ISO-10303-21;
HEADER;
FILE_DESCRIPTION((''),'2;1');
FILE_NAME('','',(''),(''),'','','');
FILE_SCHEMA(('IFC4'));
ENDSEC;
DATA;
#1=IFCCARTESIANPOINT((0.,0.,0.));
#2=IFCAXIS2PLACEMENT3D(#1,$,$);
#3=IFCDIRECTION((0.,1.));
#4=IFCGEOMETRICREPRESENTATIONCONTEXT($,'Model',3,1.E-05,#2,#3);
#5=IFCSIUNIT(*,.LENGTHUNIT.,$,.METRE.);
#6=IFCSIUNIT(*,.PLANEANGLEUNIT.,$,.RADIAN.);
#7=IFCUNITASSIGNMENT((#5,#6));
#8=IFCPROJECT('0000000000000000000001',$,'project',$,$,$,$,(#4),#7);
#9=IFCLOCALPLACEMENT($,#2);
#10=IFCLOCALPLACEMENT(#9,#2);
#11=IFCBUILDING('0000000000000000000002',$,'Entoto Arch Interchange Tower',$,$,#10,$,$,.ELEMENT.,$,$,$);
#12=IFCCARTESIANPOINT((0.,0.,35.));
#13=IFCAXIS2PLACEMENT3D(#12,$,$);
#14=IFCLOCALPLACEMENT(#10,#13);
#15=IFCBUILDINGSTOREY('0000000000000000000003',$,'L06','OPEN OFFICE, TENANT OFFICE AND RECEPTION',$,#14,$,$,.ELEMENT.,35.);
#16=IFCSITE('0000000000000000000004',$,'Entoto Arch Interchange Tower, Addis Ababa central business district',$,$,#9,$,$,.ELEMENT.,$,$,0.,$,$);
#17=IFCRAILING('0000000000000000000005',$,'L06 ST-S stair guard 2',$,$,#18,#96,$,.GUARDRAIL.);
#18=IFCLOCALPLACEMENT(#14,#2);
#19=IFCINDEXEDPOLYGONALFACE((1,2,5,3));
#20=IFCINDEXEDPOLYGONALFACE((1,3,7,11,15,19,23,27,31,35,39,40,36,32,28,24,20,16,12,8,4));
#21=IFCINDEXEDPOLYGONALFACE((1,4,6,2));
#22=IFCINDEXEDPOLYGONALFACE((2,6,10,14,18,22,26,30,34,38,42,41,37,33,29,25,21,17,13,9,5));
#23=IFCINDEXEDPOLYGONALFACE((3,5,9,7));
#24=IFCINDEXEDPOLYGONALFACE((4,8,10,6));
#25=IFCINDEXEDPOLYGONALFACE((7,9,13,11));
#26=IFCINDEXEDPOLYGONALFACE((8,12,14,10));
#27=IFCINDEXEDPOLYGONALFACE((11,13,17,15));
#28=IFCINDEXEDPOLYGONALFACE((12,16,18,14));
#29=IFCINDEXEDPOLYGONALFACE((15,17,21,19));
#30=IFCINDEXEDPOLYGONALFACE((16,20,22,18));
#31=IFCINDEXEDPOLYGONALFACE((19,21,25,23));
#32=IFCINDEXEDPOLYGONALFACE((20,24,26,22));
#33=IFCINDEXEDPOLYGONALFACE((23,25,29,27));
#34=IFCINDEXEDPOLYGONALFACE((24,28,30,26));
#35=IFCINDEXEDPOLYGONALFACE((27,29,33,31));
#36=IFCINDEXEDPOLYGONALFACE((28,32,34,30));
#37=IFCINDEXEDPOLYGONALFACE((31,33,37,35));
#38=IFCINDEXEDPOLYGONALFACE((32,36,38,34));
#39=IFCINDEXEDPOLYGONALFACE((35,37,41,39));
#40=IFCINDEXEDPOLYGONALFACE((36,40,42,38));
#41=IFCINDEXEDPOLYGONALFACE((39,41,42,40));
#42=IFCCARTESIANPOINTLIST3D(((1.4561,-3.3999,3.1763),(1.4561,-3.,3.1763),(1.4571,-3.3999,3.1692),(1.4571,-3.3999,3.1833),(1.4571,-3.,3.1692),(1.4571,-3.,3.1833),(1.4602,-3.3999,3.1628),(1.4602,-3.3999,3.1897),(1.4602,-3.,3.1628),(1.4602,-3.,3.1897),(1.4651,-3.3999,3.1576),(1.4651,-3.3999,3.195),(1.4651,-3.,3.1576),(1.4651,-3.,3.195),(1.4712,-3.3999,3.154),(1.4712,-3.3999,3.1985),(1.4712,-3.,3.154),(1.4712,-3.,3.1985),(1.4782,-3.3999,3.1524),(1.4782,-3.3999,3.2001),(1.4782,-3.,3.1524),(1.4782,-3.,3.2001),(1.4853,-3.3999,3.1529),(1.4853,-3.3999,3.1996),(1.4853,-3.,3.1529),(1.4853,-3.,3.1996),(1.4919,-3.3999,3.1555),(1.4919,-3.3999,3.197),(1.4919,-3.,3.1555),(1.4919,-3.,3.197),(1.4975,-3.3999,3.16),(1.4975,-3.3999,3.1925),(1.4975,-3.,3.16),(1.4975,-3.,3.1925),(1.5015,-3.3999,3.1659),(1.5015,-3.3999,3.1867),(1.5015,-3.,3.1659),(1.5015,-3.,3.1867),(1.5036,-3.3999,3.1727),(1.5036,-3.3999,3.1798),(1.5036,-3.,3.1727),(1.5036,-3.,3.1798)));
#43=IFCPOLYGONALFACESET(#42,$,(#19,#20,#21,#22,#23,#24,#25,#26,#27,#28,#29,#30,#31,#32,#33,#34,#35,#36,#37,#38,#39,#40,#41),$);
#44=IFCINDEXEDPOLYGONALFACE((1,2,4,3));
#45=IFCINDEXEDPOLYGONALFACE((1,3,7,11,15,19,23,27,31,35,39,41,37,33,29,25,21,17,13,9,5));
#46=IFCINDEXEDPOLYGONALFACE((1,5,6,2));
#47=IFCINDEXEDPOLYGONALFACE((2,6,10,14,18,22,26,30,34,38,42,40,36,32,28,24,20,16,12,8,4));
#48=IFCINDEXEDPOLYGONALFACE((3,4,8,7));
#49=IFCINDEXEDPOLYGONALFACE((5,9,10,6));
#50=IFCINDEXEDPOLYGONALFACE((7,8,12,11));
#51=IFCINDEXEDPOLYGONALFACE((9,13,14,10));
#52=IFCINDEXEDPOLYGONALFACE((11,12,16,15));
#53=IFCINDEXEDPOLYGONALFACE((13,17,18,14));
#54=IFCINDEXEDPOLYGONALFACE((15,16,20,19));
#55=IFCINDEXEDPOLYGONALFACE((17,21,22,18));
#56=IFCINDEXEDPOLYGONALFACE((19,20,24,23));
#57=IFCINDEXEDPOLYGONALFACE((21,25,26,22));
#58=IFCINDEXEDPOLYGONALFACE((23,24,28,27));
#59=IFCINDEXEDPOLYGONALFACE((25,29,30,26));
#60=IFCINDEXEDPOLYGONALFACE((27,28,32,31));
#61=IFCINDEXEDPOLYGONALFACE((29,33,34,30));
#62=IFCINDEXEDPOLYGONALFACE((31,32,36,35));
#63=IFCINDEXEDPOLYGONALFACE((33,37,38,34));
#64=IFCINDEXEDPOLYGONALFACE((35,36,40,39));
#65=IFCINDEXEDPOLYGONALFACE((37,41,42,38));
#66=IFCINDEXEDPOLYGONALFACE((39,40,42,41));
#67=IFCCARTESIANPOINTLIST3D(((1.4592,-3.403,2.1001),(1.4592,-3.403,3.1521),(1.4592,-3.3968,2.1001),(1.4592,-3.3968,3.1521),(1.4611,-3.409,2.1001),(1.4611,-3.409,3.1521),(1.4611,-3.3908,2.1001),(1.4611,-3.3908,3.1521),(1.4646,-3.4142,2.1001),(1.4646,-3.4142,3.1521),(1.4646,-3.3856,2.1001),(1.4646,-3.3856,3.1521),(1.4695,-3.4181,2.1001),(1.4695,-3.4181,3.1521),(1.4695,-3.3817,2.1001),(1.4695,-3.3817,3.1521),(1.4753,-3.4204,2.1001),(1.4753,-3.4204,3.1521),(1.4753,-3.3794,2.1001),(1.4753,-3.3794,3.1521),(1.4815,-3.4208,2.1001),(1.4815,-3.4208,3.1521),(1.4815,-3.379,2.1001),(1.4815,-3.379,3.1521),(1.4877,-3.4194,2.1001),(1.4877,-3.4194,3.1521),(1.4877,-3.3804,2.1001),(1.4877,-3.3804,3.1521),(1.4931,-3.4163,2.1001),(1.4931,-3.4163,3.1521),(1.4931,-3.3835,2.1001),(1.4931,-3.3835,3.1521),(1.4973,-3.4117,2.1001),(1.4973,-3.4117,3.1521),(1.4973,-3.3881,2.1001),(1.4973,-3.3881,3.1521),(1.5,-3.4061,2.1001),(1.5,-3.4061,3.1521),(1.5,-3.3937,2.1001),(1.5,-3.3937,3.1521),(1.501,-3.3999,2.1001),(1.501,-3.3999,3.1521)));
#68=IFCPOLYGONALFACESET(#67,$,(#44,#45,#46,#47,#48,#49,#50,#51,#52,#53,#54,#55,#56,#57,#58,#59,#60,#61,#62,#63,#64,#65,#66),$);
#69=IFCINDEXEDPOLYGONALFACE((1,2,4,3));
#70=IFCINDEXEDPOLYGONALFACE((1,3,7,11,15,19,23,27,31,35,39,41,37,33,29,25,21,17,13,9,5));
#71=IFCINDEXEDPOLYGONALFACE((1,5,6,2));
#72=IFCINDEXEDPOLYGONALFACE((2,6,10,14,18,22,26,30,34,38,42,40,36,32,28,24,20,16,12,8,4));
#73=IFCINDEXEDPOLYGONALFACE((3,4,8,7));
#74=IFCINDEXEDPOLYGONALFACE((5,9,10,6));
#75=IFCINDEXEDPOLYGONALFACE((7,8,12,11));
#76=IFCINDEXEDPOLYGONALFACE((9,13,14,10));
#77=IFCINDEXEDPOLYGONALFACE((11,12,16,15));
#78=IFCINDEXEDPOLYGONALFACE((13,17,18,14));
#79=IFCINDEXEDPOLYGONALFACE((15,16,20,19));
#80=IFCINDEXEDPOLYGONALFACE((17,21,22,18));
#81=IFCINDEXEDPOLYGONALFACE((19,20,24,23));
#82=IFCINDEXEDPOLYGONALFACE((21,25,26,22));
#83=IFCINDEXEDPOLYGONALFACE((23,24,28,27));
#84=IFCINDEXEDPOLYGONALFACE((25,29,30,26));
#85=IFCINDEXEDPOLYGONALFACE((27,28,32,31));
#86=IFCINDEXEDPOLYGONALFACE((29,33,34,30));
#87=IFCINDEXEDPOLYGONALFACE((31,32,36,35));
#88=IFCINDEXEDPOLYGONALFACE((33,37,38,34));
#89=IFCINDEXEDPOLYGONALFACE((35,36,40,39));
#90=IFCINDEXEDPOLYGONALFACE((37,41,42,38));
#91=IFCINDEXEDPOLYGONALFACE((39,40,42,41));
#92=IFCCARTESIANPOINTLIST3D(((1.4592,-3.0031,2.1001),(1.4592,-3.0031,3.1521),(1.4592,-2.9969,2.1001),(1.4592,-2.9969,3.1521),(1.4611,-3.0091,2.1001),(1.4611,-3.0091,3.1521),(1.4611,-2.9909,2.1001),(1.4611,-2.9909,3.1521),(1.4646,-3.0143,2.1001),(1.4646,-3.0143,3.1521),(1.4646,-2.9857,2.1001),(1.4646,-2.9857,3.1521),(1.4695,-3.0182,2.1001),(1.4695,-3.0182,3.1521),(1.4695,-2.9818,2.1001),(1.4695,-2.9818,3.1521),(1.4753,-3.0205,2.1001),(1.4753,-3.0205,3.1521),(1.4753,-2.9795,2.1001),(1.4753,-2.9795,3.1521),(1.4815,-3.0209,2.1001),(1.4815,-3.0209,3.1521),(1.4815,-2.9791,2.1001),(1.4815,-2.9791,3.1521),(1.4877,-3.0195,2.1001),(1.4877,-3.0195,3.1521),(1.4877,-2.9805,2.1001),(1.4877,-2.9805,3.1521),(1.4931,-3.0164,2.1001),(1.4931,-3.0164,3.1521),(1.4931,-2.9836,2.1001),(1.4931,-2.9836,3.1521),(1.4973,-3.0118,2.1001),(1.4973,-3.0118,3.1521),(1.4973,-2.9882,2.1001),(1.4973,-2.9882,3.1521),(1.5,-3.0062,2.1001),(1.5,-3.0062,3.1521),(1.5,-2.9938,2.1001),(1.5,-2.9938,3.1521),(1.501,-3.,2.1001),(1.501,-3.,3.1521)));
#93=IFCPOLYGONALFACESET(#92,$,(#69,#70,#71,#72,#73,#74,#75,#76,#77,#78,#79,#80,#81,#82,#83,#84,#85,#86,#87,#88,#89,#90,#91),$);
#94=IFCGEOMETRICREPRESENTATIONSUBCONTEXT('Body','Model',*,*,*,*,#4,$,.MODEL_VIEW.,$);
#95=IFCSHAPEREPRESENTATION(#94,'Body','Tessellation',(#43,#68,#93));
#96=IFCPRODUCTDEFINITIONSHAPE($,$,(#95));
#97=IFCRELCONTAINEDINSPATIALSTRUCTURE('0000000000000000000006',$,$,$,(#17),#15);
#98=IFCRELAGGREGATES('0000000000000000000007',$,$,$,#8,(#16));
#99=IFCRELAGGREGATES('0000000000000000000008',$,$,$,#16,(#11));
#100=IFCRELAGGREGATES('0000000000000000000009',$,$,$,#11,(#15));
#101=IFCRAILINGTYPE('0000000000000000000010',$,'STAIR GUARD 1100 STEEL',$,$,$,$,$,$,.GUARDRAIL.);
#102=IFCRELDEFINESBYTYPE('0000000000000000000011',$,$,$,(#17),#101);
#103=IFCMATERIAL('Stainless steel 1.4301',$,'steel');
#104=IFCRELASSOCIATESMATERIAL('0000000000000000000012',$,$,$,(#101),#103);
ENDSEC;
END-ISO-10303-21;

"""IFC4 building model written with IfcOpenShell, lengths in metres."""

from ifc_helpers import new_model, si_unit, direction, frame, origin, origin_2d, place, context, subcontext, project, spatial, circle, extrude, material, type_object, element, save


model = new_model("IFC4")

# Units and contexts
model_context = context("Model", 3, precision=1e-05, world=origin(), true_north=direction((0.0, 1.0)))
body_context = subcontext(model_context, "Body", "Model", "MODEL_VIEW")
ifc_project = project(units=[si_unit("LENGTHUNIT", "METRE"), si_unit("PLANEANGLEUNIT", "RADIAN")], contexts=[model_context])

# Site, building, storey
site_placement = place(None, origin())
site = spatial("IfcSite", under=ifc_project, at=site_placement, Name="Entoto Arch Interchange Tower, Addis Ababa central business district", CompositionType="ELEMENT", RefElevation=0.0)
building_placement = place(site_placement, origin())
building = spatial("IfcBuilding", under=site, at=building_placement, Name="Entoto Arch Interchange Tower", CompositionType="ELEMENT")
storey_placement = place(building_placement, frame((0.0, 0.0, 35.0)))
storey = spatial("IfcBuildingStorey", under=building, at=storey_placement, Name="L06", Description="OPEN OFFICE, TENANT OFFICE AND RECEPTION", CompositionType="ELEMENT", Elevation=35.0)

# Railing
ifc_material_1 = material(Name="Stainless steel 1.4301", Category="steel")
railing_type_1 = type_object("IfcRailingType", Name="STAIR GUARD 1100 STEEL", PredefinedType="GUARDRAIL", material=ifc_material_1)
railing_1_placement = place(storey_placement, frame((1.48, -3.3999, 2.1001)))
element("IfcRailing", 1, at=railing_1_placement, inside=storey, type_object=railing_type_1, Name="L06 ST-S stair guard 2", PredefinedType="GUARDRAIL", context=body_context, shape_type="SweptSolid", body=[
    extrude(circle(Radius=0.0239, at=origin_2d()), frame((0.0, 0.0, 1.0762), z_axis=(0.0, 1.0, 0.0), x_axis=(-1.0, 0.0, 0.0)), (0.0, 0.0, 1.0), 0.3999),
    extrude(circle(Radius=0.021, at=origin_2d()), origin(), (0.0, 0.0, 1.0), 1.052),
    extrude(circle(Radius=0.021, at=origin_2d()), frame((0.0, 0.3999, 0.0)), (0.0, 0.0, 1.0), 1.052),
])

save(model, "model.ifc")
